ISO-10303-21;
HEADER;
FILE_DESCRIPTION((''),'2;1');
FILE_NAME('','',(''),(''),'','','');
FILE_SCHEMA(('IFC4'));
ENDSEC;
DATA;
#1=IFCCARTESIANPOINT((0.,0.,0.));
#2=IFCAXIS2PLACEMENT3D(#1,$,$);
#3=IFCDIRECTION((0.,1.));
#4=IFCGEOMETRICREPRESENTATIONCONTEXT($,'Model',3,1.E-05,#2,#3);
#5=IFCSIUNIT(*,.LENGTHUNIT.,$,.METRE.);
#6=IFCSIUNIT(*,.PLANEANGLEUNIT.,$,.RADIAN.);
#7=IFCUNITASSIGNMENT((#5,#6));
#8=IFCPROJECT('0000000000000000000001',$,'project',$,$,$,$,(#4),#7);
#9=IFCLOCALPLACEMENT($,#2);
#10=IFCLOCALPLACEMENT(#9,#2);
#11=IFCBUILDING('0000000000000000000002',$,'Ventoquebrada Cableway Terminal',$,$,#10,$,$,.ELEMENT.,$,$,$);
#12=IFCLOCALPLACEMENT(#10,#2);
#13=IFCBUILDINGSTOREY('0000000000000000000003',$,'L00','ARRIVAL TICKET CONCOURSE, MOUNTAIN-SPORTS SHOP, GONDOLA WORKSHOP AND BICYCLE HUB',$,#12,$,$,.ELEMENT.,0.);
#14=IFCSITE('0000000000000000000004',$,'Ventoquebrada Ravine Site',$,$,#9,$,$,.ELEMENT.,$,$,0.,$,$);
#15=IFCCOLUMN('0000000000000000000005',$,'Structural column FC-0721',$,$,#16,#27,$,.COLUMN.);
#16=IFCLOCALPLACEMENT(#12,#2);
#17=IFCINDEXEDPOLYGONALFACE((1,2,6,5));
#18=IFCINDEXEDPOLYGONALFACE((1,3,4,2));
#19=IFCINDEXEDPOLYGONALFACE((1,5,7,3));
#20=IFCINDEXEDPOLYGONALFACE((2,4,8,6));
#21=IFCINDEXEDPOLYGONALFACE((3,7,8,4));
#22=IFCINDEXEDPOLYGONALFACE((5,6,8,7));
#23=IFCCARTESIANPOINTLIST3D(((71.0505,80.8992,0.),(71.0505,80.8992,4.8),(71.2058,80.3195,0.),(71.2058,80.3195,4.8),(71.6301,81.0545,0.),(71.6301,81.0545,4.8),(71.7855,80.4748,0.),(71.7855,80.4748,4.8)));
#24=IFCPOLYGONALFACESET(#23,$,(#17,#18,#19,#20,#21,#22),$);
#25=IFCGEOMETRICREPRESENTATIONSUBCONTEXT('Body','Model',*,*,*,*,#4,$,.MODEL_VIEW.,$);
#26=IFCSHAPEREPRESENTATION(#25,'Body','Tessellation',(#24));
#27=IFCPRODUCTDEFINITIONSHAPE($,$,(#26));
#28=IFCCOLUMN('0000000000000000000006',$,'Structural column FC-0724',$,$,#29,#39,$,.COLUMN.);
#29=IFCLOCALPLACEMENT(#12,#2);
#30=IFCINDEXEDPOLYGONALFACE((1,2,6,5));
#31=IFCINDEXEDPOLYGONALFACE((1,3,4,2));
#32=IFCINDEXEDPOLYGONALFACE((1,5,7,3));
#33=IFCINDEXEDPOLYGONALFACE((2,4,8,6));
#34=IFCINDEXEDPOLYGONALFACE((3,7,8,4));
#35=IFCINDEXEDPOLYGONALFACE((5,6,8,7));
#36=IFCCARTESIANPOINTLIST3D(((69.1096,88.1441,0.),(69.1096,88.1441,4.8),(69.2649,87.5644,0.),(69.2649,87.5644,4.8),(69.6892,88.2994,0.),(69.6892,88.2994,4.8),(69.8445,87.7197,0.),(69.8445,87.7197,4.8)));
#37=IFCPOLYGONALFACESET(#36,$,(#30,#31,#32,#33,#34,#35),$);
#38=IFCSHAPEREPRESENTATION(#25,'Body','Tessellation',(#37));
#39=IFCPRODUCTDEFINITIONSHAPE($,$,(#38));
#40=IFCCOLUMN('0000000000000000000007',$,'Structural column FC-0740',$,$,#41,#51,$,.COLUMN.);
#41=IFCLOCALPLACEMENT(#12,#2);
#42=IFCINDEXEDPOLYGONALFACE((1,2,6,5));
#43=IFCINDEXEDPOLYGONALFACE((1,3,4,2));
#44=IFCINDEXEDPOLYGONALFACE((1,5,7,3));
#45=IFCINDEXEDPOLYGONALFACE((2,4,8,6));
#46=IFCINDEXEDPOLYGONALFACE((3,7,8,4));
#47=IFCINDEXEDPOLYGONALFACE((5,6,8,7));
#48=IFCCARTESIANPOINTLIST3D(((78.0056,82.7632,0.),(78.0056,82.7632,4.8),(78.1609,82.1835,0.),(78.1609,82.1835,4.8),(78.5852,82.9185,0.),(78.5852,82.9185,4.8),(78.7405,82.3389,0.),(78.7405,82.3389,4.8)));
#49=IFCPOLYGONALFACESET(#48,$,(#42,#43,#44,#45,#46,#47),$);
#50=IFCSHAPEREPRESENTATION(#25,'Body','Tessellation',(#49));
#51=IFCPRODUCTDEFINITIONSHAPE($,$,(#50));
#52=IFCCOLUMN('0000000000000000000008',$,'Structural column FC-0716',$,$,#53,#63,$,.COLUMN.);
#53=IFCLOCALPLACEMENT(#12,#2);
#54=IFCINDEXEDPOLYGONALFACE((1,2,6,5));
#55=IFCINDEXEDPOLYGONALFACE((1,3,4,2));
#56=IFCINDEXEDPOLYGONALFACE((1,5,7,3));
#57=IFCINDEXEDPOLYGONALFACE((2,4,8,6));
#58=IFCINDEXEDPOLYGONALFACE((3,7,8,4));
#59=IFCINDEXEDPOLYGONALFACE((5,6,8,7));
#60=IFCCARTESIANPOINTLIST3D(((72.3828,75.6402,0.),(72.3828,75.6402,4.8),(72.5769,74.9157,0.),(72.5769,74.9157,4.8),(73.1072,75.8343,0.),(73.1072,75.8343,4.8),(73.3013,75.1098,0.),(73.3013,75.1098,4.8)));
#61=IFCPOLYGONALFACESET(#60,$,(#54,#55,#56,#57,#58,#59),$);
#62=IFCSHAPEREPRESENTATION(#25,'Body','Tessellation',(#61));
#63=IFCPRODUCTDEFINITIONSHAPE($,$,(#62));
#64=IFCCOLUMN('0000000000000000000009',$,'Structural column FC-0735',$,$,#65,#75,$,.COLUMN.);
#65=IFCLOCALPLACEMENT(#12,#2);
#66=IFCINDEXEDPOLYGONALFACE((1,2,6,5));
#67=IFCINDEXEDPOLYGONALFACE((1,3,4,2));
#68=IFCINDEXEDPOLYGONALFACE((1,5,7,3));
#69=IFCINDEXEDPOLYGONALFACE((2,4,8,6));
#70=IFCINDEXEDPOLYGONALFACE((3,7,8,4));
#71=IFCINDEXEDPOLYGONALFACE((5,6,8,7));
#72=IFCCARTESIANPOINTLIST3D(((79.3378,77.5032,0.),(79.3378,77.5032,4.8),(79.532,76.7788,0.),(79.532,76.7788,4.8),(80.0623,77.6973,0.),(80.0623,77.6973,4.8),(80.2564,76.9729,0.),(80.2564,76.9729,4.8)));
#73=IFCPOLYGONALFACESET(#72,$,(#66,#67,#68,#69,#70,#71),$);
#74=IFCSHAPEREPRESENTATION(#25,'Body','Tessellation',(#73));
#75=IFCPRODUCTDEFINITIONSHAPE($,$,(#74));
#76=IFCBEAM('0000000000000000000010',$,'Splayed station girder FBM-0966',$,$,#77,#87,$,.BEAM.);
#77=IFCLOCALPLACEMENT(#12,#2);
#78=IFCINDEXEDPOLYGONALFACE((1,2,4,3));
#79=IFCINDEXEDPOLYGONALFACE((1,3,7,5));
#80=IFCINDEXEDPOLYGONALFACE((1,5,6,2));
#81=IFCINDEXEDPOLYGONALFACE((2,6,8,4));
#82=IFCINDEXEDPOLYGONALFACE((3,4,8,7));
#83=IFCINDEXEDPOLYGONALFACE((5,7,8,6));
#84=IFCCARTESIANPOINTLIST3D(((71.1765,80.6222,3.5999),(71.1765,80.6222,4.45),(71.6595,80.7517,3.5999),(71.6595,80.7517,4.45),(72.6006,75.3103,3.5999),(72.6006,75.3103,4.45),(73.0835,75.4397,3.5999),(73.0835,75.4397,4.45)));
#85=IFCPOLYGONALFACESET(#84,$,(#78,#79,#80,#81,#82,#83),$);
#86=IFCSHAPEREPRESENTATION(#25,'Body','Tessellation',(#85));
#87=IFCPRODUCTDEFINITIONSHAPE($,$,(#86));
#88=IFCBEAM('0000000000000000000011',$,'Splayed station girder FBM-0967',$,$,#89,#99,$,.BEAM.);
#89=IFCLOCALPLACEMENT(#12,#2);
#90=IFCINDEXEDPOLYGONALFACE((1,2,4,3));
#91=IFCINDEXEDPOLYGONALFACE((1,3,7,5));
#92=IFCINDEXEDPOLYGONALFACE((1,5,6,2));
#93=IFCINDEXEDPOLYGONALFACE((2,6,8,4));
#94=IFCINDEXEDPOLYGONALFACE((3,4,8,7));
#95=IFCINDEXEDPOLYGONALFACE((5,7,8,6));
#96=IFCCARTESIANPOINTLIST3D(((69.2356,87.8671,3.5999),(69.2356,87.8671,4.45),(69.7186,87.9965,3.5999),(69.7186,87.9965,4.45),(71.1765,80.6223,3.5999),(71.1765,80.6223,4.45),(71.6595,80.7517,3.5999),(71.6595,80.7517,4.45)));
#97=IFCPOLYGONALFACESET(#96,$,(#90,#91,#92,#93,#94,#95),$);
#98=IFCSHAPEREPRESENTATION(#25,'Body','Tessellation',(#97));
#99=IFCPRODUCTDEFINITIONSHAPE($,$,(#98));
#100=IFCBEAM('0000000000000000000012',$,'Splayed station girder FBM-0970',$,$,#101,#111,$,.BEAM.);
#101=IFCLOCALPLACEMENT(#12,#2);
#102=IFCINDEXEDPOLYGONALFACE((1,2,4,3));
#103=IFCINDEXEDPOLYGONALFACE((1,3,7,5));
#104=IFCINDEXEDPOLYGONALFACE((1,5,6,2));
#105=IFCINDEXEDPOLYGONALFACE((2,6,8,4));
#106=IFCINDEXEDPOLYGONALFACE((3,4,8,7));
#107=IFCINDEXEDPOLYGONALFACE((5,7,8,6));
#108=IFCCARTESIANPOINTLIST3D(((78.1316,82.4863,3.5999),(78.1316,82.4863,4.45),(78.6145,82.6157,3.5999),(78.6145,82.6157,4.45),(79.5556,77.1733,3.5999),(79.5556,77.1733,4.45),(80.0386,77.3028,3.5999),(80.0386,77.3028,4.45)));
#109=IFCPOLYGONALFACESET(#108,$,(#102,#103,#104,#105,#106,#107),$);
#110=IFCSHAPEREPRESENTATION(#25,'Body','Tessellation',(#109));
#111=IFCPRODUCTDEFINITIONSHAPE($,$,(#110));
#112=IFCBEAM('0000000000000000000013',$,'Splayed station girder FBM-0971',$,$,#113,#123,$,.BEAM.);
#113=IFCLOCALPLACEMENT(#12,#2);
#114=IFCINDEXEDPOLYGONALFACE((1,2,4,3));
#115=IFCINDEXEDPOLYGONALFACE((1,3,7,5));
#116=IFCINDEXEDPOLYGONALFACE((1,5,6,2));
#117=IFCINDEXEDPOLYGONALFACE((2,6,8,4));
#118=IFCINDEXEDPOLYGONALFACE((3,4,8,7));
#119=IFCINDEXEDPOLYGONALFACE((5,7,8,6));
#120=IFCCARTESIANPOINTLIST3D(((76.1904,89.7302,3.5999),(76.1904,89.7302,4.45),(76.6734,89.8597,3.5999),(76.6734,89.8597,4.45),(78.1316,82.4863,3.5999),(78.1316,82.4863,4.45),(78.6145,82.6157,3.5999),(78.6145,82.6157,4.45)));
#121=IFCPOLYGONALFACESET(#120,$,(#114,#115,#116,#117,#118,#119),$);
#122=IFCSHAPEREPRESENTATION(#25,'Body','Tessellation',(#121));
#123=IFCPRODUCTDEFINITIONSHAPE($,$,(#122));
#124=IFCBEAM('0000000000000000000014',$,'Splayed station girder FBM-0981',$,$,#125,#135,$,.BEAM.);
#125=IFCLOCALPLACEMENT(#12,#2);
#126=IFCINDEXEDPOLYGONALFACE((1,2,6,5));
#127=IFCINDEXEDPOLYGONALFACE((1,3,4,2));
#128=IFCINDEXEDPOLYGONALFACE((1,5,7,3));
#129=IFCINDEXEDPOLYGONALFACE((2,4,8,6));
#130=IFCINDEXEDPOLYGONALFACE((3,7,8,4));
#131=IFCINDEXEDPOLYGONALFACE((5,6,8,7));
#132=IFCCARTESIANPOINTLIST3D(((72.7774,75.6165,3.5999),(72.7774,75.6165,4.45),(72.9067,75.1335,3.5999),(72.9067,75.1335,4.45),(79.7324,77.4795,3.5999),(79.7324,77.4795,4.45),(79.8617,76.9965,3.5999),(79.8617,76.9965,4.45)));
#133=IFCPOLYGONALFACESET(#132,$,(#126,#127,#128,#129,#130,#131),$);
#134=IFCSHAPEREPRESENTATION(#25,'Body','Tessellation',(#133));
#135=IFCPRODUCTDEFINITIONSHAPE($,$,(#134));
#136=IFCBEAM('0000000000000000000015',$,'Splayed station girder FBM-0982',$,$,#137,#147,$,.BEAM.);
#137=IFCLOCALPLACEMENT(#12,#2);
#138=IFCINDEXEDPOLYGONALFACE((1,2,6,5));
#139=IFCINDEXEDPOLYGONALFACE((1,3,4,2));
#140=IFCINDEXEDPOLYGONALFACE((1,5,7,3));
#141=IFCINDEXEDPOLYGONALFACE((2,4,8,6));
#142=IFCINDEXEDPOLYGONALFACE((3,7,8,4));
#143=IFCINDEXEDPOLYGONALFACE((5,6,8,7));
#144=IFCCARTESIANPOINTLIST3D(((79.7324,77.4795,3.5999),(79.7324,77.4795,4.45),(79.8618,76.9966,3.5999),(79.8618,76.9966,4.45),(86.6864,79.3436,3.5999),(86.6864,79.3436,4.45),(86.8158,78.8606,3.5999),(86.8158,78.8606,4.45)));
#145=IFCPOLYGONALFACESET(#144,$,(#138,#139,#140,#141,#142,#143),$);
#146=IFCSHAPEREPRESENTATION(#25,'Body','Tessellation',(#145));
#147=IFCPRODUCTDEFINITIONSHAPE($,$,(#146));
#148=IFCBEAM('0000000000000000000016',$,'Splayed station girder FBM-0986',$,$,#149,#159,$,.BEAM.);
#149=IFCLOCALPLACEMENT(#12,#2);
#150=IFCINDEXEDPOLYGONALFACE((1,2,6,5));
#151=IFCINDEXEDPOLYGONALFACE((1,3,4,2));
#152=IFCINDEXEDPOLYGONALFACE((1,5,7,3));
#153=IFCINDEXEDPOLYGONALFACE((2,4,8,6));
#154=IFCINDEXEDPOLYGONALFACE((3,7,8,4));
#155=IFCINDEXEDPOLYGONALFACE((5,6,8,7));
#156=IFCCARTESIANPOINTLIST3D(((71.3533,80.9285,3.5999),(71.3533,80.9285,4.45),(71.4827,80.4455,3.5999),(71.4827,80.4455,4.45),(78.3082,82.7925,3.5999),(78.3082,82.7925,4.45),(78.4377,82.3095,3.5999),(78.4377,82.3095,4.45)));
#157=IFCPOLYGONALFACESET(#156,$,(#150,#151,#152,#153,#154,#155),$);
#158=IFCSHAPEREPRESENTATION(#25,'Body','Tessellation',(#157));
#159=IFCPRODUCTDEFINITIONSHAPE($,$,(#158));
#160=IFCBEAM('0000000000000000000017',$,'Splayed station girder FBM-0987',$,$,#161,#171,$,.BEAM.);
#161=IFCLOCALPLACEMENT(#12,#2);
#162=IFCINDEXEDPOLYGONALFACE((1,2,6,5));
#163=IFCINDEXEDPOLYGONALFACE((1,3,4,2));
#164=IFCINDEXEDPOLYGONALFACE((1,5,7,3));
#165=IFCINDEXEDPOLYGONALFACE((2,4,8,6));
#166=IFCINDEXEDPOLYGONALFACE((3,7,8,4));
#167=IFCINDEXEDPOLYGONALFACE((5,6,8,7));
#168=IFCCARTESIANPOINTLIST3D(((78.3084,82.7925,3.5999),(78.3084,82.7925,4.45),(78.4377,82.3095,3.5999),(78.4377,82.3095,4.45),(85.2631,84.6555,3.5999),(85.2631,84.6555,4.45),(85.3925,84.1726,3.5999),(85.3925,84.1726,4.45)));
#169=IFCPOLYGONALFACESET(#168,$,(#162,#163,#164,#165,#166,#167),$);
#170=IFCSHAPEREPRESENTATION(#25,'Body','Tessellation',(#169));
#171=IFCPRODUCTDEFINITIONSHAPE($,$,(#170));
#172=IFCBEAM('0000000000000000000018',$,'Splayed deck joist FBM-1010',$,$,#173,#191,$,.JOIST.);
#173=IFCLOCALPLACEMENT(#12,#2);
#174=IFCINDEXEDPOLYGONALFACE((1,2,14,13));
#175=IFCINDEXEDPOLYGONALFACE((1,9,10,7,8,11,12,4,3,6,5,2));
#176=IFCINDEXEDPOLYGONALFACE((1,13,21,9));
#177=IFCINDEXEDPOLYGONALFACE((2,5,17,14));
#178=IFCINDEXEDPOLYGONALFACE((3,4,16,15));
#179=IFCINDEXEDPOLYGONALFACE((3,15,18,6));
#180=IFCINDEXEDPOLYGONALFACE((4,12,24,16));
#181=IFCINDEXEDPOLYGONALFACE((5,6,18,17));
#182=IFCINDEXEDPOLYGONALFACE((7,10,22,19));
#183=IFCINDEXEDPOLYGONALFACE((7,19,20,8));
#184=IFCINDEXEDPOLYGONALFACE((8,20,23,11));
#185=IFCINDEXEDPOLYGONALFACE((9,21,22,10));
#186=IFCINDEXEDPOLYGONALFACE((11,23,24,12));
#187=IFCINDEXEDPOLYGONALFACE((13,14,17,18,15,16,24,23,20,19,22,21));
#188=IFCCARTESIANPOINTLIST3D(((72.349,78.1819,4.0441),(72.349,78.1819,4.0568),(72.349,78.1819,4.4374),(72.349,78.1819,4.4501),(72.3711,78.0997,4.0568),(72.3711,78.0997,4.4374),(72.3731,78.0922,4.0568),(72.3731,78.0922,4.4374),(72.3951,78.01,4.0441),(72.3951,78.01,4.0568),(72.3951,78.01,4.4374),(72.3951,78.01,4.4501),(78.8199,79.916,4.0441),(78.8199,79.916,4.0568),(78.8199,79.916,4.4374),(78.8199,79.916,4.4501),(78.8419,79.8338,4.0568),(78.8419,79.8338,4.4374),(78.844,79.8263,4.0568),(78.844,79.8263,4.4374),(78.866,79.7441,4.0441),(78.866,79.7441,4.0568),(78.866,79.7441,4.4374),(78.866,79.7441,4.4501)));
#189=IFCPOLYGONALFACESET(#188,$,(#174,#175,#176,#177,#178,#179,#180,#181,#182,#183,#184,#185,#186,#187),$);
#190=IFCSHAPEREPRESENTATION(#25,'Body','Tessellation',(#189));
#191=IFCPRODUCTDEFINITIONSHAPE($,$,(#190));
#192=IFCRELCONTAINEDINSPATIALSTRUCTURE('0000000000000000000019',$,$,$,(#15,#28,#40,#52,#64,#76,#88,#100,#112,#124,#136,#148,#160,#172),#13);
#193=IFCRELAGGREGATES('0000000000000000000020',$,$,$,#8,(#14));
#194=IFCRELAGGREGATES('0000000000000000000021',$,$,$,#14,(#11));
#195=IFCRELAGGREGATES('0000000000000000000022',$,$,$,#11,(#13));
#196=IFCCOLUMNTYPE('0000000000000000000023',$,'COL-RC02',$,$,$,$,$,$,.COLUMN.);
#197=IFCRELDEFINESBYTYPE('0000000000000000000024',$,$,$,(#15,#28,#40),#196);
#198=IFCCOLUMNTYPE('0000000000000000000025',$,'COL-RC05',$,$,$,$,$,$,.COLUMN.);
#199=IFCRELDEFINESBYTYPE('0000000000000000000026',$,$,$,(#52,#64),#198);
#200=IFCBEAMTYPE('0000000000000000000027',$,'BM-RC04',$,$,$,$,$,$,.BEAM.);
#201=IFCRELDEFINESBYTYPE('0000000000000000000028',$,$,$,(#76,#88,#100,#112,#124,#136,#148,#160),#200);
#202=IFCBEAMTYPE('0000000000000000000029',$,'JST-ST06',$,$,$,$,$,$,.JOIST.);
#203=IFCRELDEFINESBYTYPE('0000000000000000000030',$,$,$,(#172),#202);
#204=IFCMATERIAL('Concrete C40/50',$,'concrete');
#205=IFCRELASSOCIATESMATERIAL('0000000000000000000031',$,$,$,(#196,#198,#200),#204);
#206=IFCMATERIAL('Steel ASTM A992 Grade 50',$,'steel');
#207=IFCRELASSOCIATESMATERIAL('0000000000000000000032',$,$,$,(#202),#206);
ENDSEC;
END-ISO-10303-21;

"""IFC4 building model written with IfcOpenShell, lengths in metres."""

from ifc_helpers import new_model, si_unit, direction, frame, origin, origin_2d, place, context, subcontext, project, spatial, rectangle, i_section, extrude, material, material_profile, profile_set, type_object, element, save


model = new_model("IFC4")

# Units and contexts
model_context = context("Model", 3, precision=1e-05, world=origin(), true_north=direction((0.0, 1.0)))
body_context = subcontext(model_context, "Body", "Model", "MODEL_VIEW")
ifc_project = project(units=[si_unit("LENGTHUNIT", "METRE"), si_unit("PLANEANGLEUNIT", "RADIAN")], contexts=[model_context])

# Site, building, storey
site_placement = place(None, origin())
site = spatial("IfcSite", under=ifc_project, at=site_placement, Name="Ventoquebrada Ravine Site", CompositionType="ELEMENT", RefElevation=0.0)
building_placement = place(site_placement, origin())
building = spatial("IfcBuilding", under=site, at=building_placement, Name="Ventoquebrada Cableway Terminal", CompositionType="ELEMENT")
storey_placement = place(building_placement, origin())
storey = spatial("IfcBuildingStorey", under=building, at=storey_placement, Name="L00", Description="ARRIVAL TICKET CONCOURSE, MOUNTAIN-SPORTS SHOP, GONDOLA WORKSHOP AND BICYCLE HUB", CompositionType="ELEMENT", Elevation=0.0)

# Columns
ifc_material_1 = material(Name="Concrete C40/50", Category="concrete")
ifc_material_profile_1 = material_profile(ifc_material_1, rectangle(XDim=0.6001, YDim=0.6001, at=origin_2d()), Name="RC-COL-600X600")
ifc_profile_set_1 = profile_set([ifc_material_profile_1], Name="Concrete C40/50")
column_type_1 = type_object("IfcColumnType", Name="COL-RC02", PredefinedType="COLUMN", material=ifc_profile_set_1)
for number, where, z_axis, x_axis, name in (
    (1, (71.418, 80.687, 0.0), (0.0, 0.0, 1.0), (0.965926, 0.258819, 0.0), "Structural column FC-0721"),
    (2, (69.4771, 87.9319, 0.0), (0.0, 0.0, 1.0), (0.965926, 0.258819, 0.0), "Structural column FC-0724"),
    (3, (78.373, 82.551, 0.0), (0.0, 0.0, 1.0), (0.965926, 0.258819, 0.0), "Structural column FC-0740"),
):
    element("IfcColumn", number, at=place(storey_placement, frame(where, z_axis=z_axis, x_axis=x_axis)), inside=storey, type_object=column_type_1, Name=name, PredefinedType="COLUMN", context=body_context, shape_type="SweptSolid", body=[
        extrude(rectangle(XDim=0.6001, YDim=0.6001, at=origin_2d()), origin(), (0.0, 0.0, 1.0), 4.8),
    ])
ifc_material_profile_2 = material_profile(ifc_material_1, rectangle(XDim=0.75, YDim=0.75, at=origin_2d()), Name="RC-COL-750X750")
ifc_profile_set_2 = profile_set([ifc_material_profile_2], Name="Concrete C40/50")
column_type_2 = type_object("IfcColumnType", Name="COL-RC05", PredefinedType="COLUMN", material=ifc_profile_set_2)
for number, where, z_axis, x_axis, name in (
    (4, (72.842, 75.375, 0.0), (0.0, 0.0, 1.0), (0.965926, 0.258819, 0.0), "Structural column FC-0716"),
    (5, (79.7971, 77.238, 0.0), (0.0, 0.0, 1.0), (0.965926, 0.258819, 0.0), "Structural column FC-0735"),
):
    element("IfcColumn", number, at=place(storey_placement, frame(where, z_axis=z_axis, x_axis=x_axis)), inside=storey, type_object=column_type_2, Name=name, PredefinedType="COLUMN", context=body_context, shape_type="SweptSolid", body=[
        extrude(rectangle(XDim=0.75, YDim=0.75, at=origin_2d()), origin(), (0.0, 0.0, 1.0), 4.8),
    ])

# Beams
ifc_material_profile_3 = material_profile(ifc_material_1, rectangle(XDim=0.5, YDim=0.8501, at=origin_2d()), Name="RC-BM-500X850")
ifc_profile_set_3 = profile_set([ifc_material_profile_3], Name="Concrete C40/50")
beam_type_1 = type_object("IfcBeamType", Name="BM-RC04", PredefinedType="BEAM", material=ifc_profile_set_3)
beam_1_placement = place(storey_placement, frame((72.842, 75.375, 4.0249), z_axis=(-0.258942, 0.965893, 0.0), x_axis=(-0.965893, -0.258942, 0.0)))
element("IfcBeam", 6, at=beam_1_placement, inside=storey, type_object=beam_type_1, Name="Splayed station girder FBM-0966", PredefinedType="BEAM", context=body_context, shape_type="SweptSolid", body=[
    extrude(rectangle(XDim=0.5, YDim=0.8501, at=origin_2d()), origin(), (0.0, 0.0, 1.0), 5.4995),
])
beam_2_placement = place(storey_placement, frame((71.418, 80.687, 4.0249), z_axis=(-0.258777, 0.965937, 0.0), x_axis=(-0.965937, -0.258777, 0.0)))
element("IfcBeam", 7, at=beam_2_placement, inside=storey, type_object=beam_type_1, Name="Splayed station girder FBM-0967", PredefinedType="BEAM", context=body_context, shape_type="SweptSolid", body=[
    extrude(rectangle(XDim=0.5, YDim=0.8501, at=origin_2d()), origin(), (0.0, 0.0, 1.0), 7.5002),
])
beam_3_placement = place(storey_placement, frame((79.7971, 77.238, 4.0249), z_axis=(-0.258897, 0.965905, 0.0), x_axis=(-0.965905, -0.258897, 0.0)))
element("IfcBeam", 8, at=beam_3_placement, inside=storey, type_object=beam_type_1, Name="Splayed station girder FBM-0970", PredefinedType="BEAM", context=body_context, shape_type="SweptSolid", body=[
    extrude(rectangle(XDim=0.5, YDim=0.8501, at=origin_2d()), origin(), (0.0, 0.0, 1.0), 5.5005),
])
beam_4_placement = place(storey_placement, frame((78.373, 82.551, 4.0249), z_axis=(-0.25884, 0.96592, 0.0), x_axis=(-0.96592, -0.25884, 0.0)))
element("IfcBeam", 9, at=beam_4_placement, inside=storey, type_object=beam_type_1, Name="Splayed station girder FBM-0971", PredefinedType="BEAM", context=body_context, shape_type="SweptSolid", body=[
    extrude(rectangle(XDim=0.5, YDim=0.8501, at=origin_2d()), origin(), (0.0, 0.0, 1.0), 7.4995),
])
beam_5_placement = place(storey_placement, frame((72.842, 75.375, 4.0249), z_axis=(0.965946, 0.258745, 0.0), x_axis=(-0.258745, 0.965946, 0.0)))
element("IfcBeam", 10, at=beam_5_placement, inside=storey, type_object=beam_type_1, Name="Splayed station girder FBM-0981", PredefinedType="BEAM", context=body_context, shape_type="SweptSolid", body=[
    extrude(rectangle(XDim=0.5, YDim=0.8501, at=origin_2d()), origin(), (0.0, 0.0, 1.0), 7.2002),
])
beam_6_placement = place(storey_placement, frame((79.7971, 77.238, 4.0249), z_axis=(0.9659, 0.258914, 0.0), x_axis=(-0.258914, 0.9659, 0.0)))
element("IfcBeam", 11, at=beam_6_placement, inside=storey, type_object=beam_type_1, Name="Splayed station girder FBM-0982", PredefinedType="BEAM", context=body_context, shape_type="SweptSolid", body=[
    extrude(rectangle(XDim=0.5, YDim=0.8501, at=origin_2d()), origin(), (0.0, 0.0, 1.0), 7.1995),
])
beam_7_placement = place(storey_placement, frame((71.418, 80.687, 4.0249), z_axis=(0.965912, 0.258872, 0.0), x_axis=(-0.258872, 0.965912, 0.0)))
element("IfcBeam", 12, at=beam_7_placement, inside=storey, type_object=beam_type_1, Name="Splayed station girder FBM-0986", PredefinedType="BEAM", context=body_context, shape_type="SweptSolid", body=[
    extrude(rectangle(XDim=0.5, YDim=0.8501, at=origin_2d()), origin(), (0.0, 0.0, 1.0), 7.2004),
])
beam_8_placement = place(storey_placement, frame((78.373, 82.551, 4.0249), z_axis=(0.965943, 0.258754, 0.0), x_axis=(-0.258754, 0.965943, 0.0)))
element("IfcBeam", 13, at=beam_8_placement, inside=storey, type_object=beam_type_1, Name="Splayed station girder FBM-0987", PredefinedType="BEAM", context=body_context, shape_type="SweptSolid", body=[
    extrude(rectangle(XDim=0.5, YDim=0.8501, at=origin_2d()), origin(), (0.0, 0.0, 1.0), 7.2),
])
ifc_material_2 = material(Name="Steel ASTM A992 Grade 50", Category="steel")
ifc_material_profile_4 = material_profile(ifc_material_2, i_section(OverallWidth=0.178, OverallDepth=0.406, WebThickness=0.0078, FlangeThickness=0.0127, at=origin_2d()), Name="W16X40")
ifc_profile_set_4 = profile_set([ifc_material_profile_4], Name="Steel ASTM A992 Grade 50")
beam_type_2 = type_object("IfcBeamType", Name="JST-ST06", PredefinedType="JOIST", material=ifc_profile_set_4)
beam_9_placement = place(storey_placement, frame((72.3721, 78.0959, 4.2471), z_axis=(0.965917, 0.258853, 0.0), x_axis=(-0.258853, 0.965917, 0.0)))
element("IfcBeam", 14, at=beam_9_placement, inside=storey, type_object=beam_type_2, Name="Splayed deck joist FBM-1010", PredefinedType="JOIST", context=body_context, shape_type="SweptSolid", body=[
    extrude(i_section(OverallWidth=0.178, OverallDepth=0.406, WebThickness=0.0078, FlangeThickness=0.0127, at=origin_2d()), origin(), (0.0, 0.0, 1.0), 6.6992),
])

save(model, "model.ifc")
